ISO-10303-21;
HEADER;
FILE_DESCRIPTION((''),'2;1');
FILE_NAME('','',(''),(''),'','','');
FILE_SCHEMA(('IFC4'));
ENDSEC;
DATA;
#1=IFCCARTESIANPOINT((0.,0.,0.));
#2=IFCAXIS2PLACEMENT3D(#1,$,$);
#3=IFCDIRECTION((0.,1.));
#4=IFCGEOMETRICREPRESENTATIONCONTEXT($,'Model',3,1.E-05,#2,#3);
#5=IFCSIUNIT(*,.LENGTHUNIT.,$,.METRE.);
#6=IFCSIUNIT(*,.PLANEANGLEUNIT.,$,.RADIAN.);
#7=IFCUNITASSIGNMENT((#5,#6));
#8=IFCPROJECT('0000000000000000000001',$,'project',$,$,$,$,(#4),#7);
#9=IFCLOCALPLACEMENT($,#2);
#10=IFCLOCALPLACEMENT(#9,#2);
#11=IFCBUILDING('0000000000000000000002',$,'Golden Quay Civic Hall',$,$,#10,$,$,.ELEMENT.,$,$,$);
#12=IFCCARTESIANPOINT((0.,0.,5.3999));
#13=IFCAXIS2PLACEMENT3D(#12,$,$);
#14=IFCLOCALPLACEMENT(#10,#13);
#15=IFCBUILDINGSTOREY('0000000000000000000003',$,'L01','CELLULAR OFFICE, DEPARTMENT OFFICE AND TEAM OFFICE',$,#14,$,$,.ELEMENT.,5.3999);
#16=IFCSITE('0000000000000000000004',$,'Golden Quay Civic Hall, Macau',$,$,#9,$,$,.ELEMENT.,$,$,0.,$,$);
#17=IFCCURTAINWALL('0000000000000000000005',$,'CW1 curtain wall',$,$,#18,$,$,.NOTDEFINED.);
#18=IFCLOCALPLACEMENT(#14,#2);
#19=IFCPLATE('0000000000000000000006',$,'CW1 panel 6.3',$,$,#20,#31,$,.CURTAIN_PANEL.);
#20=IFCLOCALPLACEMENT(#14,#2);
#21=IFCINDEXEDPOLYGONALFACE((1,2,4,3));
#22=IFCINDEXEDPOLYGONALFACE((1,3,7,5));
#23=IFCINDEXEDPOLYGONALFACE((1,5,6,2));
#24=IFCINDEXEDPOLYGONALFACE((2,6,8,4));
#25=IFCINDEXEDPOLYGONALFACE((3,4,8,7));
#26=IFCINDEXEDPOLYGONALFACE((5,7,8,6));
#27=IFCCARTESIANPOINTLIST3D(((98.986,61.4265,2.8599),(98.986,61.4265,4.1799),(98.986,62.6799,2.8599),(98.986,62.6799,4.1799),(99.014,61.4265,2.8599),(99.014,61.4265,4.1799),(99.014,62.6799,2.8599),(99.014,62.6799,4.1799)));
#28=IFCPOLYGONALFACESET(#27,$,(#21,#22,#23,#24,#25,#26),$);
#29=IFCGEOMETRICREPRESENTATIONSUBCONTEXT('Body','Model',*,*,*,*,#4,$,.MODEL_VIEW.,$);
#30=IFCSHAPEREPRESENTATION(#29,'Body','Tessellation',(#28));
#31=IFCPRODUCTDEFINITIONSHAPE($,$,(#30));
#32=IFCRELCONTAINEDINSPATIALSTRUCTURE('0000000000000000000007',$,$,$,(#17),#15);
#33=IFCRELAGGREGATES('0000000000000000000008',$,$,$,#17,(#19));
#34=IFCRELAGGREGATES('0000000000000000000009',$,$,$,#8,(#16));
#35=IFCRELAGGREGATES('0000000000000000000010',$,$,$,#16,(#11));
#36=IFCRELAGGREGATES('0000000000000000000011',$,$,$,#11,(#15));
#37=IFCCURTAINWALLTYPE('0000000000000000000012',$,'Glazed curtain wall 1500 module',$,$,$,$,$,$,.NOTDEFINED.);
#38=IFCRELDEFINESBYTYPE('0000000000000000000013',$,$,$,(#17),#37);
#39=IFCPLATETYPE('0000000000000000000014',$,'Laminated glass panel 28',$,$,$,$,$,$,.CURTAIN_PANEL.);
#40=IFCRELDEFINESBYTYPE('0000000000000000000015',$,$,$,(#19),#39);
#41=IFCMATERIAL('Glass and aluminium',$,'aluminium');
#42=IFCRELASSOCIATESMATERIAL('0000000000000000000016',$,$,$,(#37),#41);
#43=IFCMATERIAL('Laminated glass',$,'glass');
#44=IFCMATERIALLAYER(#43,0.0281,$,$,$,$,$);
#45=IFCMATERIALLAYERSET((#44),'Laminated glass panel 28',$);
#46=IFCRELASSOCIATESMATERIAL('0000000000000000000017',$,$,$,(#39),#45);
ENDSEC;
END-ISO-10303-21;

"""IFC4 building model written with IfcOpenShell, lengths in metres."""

from ifc_helpers import new_model, si_unit, direction, frame, origin, origin_2d, place, context, subcontext, project, spatial, rectangle, extrude, material, layer, layer_set, type_object, element, aggregate, save


model = new_model("IFC4")

# Units and contexts
model_context = context("Model", 3, precision=1e-05, world=origin(), true_north=direction((0.0, 1.0)))
body_context = subcontext(model_context, "Body", "Model", "MODEL_VIEW")
ifc_project = project(units=[si_unit("LENGTHUNIT", "METRE"), si_unit("PLANEANGLEUNIT", "RADIAN")], contexts=[model_context])

# Site, building, storey
site_placement = place(None, origin())
site = spatial("IfcSite", under=ifc_project, at=site_placement, Name="Golden Quay Civic Hall, Macau", CompositionType="ELEMENT", RefElevation=0.0)
building_placement = place(site_placement, origin())
building = spatial("IfcBuilding", under=site, at=building_placement, Name="Golden Quay Civic Hall", CompositionType="ELEMENT")
storey_placement = place(building_placement, frame((0.0, 0.0, 5.3999)))
storey = spatial("IfcBuildingStorey", under=building, at=storey_placement, Name="L01", Description="CELLULAR OFFICE, DEPARTMENT OFFICE AND TEAM OFFICE", CompositionType="ELEMENT", Elevation=5.3999)

# Curtain wall, plate
ifc_material_1 = material(Name="Glass and aluminium", Category="aluminium")
curtain_wall_type = type_object("IfcCurtainWallType", Name="Glazed curtain wall 1500 module", PredefinedType="NOTDEFINED", material=ifc_material_1)
curtain_wall_placement = place(storey_placement, origin())
curtain_wall = element("IfcCurtainWall", 1, at=curtain_wall_placement, inside=storey, type_object=curtain_wall_type, Name="CW1 curtain wall", PredefinedType="NOTDEFINED")
ifc_material_2 = material(Name="Laminated glass", Category="glass")
ifc_layer = layer(ifc_material_2, 0.0281)
ifc_layer_set = layer_set([ifc_layer], Name="Laminated glass panel 28")
plate_type = type_object("IfcPlateType", Name="Laminated glass panel 28", PredefinedType="CURTAIN_PANEL", material=ifc_layer_set)
plate_1_placement = place(storey_placement, frame((99.0, 62.0532, 2.8599), z_axis=(0.0, 0.0, 1.0), x_axis=(0.0, 1.0, 0.0)))
plate_1 = element("IfcPlate", 2, at=plate_1_placement, type_object=plate_type, Name="CW1 panel 6.3", PredefinedType="CURTAIN_PANEL", context=body_context, shape_type="SweptSolid", body=[
    extrude(rectangle(XDim=1.2534, YDim=0.0281, at=origin_2d()), origin(), (0.0, 0.0, 1.0), 1.3201),
])
aggregate(curtain_wall, [plate_1])

save(model, "model.ifc")
